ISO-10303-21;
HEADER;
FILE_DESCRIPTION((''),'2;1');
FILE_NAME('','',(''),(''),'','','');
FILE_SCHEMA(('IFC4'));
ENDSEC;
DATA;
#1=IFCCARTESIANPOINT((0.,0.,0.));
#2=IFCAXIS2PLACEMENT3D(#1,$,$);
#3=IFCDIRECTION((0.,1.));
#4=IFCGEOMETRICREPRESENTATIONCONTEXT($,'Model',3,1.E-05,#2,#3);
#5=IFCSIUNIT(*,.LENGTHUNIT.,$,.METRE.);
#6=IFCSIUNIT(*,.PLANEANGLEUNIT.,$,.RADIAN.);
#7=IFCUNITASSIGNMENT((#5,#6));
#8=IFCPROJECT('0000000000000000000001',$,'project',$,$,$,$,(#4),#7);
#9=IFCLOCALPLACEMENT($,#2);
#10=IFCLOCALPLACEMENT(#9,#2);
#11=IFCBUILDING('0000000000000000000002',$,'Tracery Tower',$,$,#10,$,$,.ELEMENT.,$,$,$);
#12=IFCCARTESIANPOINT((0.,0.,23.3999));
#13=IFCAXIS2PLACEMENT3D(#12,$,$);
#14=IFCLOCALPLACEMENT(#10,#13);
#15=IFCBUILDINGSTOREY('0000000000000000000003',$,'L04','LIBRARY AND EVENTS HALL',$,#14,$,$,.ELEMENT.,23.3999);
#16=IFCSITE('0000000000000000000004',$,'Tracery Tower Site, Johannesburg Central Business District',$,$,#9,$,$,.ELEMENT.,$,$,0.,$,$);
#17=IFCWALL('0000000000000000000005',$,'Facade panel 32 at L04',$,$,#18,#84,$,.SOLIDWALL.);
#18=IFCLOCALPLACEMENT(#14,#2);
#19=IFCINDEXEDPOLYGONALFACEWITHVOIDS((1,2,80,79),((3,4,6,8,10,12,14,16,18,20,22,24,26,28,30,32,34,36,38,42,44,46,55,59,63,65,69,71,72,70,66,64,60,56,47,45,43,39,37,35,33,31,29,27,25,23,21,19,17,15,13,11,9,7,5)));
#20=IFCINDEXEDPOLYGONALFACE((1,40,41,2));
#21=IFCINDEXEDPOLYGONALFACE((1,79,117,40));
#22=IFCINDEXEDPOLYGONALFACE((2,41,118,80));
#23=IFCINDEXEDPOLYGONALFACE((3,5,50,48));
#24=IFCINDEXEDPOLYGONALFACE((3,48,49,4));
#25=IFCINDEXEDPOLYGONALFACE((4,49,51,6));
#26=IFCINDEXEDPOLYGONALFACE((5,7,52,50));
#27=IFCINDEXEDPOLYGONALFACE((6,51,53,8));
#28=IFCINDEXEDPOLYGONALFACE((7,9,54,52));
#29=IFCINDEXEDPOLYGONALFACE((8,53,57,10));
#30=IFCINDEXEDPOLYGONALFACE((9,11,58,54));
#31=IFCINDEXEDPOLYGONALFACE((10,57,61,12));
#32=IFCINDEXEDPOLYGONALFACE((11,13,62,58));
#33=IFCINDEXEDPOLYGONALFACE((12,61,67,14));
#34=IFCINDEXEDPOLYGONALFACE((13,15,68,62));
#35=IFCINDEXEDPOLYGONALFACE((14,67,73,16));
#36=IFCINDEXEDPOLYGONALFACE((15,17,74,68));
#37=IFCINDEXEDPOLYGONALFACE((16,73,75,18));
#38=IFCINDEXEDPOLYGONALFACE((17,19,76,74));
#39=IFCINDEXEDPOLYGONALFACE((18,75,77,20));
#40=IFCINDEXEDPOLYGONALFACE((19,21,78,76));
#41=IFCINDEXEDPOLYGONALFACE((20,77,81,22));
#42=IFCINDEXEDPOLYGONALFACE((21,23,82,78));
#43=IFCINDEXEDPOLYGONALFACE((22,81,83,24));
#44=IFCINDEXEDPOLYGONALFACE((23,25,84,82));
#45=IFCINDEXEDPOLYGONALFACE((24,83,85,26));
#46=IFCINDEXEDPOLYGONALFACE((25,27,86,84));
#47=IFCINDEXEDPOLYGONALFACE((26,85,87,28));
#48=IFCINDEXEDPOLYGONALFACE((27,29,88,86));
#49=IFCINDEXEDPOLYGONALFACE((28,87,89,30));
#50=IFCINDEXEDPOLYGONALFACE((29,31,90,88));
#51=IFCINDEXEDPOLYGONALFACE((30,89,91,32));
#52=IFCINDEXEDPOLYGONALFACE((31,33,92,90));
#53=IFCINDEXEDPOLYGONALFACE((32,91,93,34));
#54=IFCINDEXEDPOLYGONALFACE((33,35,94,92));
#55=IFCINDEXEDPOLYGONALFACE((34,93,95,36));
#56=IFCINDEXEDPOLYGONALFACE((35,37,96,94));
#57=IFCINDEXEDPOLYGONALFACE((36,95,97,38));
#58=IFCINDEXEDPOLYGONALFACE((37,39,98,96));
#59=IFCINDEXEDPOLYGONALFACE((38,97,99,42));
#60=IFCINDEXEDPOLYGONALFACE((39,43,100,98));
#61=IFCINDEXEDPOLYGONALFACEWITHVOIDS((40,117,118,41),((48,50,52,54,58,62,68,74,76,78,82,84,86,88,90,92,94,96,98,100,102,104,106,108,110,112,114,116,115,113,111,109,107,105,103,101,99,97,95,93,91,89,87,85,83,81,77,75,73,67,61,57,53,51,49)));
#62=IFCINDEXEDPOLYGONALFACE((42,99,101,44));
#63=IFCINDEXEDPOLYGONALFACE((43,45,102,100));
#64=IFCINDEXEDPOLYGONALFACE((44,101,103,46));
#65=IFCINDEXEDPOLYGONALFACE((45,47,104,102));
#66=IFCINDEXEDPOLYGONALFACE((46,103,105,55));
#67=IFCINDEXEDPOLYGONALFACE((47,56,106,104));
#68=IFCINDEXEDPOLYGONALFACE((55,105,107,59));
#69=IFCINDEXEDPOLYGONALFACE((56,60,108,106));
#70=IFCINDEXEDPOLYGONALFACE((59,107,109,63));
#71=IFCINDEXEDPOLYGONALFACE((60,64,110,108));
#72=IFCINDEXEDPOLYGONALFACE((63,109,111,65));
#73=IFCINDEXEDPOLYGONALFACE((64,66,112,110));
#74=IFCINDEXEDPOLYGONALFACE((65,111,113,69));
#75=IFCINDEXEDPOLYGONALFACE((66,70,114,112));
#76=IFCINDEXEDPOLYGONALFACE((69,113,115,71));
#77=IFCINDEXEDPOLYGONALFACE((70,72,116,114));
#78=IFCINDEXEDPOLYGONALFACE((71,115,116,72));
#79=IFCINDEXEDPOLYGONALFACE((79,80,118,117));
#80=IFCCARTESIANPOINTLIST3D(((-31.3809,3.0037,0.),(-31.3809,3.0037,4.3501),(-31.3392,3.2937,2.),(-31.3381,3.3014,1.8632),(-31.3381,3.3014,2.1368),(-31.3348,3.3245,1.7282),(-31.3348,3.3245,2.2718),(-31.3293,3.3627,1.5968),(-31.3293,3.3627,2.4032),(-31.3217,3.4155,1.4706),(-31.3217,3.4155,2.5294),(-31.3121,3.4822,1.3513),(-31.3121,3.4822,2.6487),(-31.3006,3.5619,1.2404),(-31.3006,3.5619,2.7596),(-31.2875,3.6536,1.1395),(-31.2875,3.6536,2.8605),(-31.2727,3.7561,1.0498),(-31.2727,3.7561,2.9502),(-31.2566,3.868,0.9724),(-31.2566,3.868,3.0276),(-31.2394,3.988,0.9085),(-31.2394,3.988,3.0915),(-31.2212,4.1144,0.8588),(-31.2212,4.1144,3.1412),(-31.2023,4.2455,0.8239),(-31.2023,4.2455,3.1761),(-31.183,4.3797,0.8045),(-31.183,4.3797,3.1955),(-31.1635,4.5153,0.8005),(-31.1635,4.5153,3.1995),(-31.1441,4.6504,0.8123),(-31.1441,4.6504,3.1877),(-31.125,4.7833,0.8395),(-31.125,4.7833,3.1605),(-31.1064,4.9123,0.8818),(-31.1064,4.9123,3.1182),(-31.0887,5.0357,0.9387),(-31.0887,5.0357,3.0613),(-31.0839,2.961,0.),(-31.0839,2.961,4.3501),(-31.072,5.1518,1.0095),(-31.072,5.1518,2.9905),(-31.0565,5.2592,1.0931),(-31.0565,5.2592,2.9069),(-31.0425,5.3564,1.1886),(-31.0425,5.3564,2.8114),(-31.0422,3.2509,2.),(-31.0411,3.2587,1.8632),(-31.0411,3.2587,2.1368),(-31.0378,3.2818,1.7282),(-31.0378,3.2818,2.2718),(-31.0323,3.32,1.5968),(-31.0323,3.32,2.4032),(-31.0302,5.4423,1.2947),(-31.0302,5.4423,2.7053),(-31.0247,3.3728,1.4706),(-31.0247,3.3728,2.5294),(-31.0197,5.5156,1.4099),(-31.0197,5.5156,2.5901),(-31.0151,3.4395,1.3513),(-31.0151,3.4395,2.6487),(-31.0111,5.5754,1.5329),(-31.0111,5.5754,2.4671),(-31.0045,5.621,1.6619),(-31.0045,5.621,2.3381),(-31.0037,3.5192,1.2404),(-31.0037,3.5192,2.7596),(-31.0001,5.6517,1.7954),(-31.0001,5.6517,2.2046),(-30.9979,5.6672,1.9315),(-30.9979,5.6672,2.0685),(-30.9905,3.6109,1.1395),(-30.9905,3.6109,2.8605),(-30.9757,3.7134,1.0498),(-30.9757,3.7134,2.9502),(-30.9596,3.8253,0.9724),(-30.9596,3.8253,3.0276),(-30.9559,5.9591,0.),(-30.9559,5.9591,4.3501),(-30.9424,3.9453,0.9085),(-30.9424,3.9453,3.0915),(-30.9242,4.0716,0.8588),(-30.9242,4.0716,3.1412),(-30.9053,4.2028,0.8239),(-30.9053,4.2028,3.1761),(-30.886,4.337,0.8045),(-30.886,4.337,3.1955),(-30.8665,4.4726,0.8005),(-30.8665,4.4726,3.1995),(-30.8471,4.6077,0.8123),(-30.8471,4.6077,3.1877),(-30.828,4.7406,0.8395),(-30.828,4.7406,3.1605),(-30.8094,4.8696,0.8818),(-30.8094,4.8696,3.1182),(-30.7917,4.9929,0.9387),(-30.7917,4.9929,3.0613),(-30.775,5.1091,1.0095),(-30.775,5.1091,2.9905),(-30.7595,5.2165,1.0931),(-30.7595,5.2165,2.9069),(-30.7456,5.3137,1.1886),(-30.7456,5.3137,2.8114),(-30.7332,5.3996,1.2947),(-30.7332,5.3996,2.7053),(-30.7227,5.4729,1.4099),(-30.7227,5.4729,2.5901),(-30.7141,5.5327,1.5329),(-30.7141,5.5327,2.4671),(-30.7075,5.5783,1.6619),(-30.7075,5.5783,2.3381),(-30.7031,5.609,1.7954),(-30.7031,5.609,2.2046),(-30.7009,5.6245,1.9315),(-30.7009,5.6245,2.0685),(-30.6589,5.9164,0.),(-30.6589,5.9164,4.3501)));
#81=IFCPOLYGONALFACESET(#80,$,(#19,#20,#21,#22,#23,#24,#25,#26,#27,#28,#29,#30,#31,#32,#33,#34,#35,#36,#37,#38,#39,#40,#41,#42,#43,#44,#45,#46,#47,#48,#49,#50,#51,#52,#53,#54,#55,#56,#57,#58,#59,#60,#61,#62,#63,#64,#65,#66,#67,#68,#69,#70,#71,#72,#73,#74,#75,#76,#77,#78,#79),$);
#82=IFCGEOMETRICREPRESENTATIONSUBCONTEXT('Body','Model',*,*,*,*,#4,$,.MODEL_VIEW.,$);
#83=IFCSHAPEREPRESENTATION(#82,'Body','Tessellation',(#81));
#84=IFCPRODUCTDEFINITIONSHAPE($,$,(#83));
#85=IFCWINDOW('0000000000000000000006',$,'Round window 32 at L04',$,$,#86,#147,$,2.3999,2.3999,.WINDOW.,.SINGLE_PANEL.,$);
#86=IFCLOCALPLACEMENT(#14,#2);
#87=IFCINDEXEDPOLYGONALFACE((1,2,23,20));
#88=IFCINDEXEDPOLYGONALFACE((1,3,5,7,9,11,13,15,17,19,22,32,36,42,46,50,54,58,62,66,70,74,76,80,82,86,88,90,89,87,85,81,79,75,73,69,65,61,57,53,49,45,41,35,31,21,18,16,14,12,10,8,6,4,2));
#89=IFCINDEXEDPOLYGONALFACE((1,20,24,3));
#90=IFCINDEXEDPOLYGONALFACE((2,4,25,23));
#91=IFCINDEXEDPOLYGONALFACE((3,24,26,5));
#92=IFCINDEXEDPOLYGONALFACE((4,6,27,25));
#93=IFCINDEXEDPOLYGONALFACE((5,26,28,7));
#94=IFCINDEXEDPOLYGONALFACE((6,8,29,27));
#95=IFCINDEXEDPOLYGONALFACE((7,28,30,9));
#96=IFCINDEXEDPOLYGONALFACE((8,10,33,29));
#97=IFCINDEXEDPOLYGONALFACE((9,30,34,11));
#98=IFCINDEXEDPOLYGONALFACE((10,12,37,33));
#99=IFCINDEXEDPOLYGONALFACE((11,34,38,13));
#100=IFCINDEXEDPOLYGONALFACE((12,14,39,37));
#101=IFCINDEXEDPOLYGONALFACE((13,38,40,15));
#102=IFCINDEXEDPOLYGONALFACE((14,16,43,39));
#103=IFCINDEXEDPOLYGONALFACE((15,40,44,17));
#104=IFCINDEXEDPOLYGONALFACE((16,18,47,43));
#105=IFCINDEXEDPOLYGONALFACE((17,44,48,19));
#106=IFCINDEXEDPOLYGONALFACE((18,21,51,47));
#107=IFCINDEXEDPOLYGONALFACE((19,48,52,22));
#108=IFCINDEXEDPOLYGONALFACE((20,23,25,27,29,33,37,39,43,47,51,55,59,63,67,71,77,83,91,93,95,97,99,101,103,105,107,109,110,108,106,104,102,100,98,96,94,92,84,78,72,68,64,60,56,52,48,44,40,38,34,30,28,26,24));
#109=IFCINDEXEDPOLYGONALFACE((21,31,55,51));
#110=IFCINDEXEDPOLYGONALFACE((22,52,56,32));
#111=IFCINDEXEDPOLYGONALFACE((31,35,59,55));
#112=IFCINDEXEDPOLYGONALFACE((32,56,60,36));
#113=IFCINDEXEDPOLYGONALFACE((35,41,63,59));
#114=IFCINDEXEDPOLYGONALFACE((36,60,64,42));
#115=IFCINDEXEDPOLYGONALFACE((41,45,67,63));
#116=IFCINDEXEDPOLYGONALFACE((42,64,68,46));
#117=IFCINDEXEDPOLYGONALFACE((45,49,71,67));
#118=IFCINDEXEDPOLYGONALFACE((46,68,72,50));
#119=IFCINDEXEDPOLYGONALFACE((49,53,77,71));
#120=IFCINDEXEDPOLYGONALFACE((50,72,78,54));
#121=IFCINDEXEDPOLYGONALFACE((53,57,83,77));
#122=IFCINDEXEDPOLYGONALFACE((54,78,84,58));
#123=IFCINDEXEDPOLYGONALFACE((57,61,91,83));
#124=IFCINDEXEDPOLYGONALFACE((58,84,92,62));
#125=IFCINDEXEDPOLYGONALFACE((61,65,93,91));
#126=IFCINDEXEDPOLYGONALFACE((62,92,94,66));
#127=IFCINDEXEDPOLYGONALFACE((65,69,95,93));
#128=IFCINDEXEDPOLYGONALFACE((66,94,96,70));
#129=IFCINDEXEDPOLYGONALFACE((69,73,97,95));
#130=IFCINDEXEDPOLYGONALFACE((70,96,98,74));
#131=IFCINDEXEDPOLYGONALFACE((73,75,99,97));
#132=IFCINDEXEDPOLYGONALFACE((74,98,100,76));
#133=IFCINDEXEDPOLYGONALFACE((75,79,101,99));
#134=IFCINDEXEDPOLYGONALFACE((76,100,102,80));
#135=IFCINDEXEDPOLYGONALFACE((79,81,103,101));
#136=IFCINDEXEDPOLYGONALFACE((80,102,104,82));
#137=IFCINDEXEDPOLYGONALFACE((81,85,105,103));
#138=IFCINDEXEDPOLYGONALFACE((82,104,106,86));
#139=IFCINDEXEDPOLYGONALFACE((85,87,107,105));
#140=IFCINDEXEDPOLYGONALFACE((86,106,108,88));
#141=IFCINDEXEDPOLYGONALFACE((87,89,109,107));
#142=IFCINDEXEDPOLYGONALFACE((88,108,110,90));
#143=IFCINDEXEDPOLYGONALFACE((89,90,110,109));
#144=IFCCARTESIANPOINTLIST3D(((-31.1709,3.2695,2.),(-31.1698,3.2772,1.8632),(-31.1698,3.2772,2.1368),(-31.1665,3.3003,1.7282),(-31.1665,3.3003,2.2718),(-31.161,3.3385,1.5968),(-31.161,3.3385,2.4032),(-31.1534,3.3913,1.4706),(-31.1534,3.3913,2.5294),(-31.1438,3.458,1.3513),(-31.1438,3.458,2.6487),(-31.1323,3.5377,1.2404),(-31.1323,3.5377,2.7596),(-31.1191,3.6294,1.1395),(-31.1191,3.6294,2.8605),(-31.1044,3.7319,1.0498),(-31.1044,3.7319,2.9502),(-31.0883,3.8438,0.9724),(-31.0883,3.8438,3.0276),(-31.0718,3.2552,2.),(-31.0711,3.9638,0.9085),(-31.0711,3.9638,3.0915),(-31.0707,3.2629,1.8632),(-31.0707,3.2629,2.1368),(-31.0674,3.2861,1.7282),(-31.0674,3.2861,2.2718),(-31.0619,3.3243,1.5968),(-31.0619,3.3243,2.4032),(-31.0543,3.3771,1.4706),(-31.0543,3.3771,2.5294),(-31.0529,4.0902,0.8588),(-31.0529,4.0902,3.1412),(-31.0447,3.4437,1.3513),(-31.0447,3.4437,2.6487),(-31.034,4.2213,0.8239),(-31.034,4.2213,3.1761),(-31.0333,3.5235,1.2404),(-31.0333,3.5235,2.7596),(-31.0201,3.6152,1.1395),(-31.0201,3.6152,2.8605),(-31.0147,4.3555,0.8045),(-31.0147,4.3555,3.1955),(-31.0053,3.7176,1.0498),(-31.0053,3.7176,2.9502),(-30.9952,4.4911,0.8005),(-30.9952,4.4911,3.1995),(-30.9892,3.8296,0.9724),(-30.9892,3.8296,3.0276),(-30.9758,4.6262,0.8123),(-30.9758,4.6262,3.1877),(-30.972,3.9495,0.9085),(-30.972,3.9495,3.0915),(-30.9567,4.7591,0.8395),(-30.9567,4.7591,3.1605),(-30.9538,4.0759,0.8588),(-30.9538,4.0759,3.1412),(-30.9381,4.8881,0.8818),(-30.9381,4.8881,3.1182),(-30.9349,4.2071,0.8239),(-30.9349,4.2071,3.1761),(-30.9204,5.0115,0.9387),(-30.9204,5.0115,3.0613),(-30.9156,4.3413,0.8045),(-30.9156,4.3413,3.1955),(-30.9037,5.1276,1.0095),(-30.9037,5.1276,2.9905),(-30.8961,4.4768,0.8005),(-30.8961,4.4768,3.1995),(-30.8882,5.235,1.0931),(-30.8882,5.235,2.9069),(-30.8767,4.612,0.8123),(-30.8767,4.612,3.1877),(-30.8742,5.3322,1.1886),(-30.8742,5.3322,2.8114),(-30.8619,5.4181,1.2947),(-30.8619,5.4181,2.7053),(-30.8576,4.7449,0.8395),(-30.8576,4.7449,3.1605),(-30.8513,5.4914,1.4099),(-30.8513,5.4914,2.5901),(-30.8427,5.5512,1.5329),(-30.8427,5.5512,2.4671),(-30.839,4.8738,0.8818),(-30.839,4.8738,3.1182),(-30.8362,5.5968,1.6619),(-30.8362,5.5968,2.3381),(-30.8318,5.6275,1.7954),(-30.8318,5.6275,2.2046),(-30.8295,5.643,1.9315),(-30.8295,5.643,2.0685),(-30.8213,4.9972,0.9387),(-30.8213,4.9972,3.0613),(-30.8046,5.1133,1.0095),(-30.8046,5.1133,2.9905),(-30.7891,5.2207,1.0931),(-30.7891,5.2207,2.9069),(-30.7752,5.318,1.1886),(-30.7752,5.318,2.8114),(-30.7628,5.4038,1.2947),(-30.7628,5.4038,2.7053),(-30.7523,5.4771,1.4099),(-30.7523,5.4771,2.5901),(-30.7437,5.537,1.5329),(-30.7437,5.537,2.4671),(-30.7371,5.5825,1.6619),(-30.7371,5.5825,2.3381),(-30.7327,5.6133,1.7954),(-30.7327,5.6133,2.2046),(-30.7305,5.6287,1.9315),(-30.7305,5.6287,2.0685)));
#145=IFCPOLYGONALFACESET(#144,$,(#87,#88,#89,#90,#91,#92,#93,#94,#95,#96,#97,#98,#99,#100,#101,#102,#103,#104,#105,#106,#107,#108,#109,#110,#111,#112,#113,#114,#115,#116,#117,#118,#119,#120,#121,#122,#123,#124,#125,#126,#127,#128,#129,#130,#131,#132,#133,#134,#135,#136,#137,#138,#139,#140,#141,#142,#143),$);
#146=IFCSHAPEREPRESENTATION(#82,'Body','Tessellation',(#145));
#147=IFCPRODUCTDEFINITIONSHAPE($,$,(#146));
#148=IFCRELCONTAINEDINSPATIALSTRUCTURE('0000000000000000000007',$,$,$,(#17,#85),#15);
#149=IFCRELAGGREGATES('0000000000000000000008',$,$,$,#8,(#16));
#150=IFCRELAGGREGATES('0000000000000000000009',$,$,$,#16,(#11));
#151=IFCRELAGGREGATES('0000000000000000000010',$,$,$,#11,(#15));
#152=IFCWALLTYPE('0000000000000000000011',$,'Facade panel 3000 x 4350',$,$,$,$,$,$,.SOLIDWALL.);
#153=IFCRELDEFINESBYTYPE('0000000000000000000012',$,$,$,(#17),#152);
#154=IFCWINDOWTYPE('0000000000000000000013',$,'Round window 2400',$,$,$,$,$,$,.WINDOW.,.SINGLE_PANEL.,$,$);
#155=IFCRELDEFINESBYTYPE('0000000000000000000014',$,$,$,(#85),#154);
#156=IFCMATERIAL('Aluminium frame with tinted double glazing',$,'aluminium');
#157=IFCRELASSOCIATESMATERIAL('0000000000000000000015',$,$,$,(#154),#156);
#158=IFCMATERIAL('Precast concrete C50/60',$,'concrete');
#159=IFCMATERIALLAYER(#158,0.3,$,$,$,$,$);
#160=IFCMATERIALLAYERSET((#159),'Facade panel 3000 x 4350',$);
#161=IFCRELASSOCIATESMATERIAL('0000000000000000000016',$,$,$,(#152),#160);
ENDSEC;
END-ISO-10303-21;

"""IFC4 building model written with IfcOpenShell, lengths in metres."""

from ifc_helpers import new_model, si_unit, direction, frame, frame_2d, origin, origin_2d, place, context, subcontext, project, spatial, rectangle, circle, extrude, material, layer, layer_set, type_object, element, fill, save


model = new_model("IFC4")

# Units and contexts
model_context = context("Model", 3, precision=1e-05, world=origin(), true_north=direction((0.0, 1.0)))
body_context = subcontext(model_context, "Body", "Model", "MODEL_VIEW")
ifc_project = project(units=[si_unit("LENGTHUNIT", "METRE"), si_unit("PLANEANGLEUNIT", "RADIAN")], contexts=[model_context])

# Site, building, storey
site_placement = place(None, origin())
site = spatial("IfcSite", under=ifc_project, at=site_placement, Name="Tracery Tower Site, Johannesburg Central Business District", CompositionType="ELEMENT", RefElevation=0.0)
building_placement = place(site_placement, origin())
building = spatial("IfcBuilding", under=site, at=building_placement, Name="Tracery Tower", CompositionType="ELEMENT")
storey_placement = place(building_placement, frame((0.0, 0.0, 23.3999)))
storey = spatial("IfcBuildingStorey", under=building, at=storey_placement, Name="L04", Description="LIBRARY AND EVENTS HALL", CompositionType="ELEMENT", Elevation=23.3999)

# Wall, opening, window
ifc_material_1 = material(Name="Aluminium frame with tinted double glazing", Category="aluminium")
window_type = type_object("IfcWindowType", Name="Round window 2400", PartitioningType="SINGLE_PANEL", PredefinedType="WINDOW", material=ifc_material_1)
ifc_material_2 = material(Name="Precast concrete C50/60", Category="concrete")
ifc_layer_1 = layer(ifc_material_2, 0.3)
ifc_layer_set_1 = layer_set([ifc_layer_1], Name="Facade panel 3000 x 4350")
wall_type_1 = type_object("IfcWallType", Name="Facade panel 3000 x 4350", PredefinedType="SOLIDWALL", material=ifc_layer_set_1)
wall_1_placement = place(storey_placement, frame((-30.8074, 5.9377, 0.0), z_axis=(0.0, 0.0, 1.0), x_axis=(-0.14236, -0.989815, 0.0)))
wall_1 = element("IfcWall", 1, at=wall_1_placement, inside=storey, type_object=wall_type_1, Name="Facade panel 32 at L04", PredefinedType="SOLIDWALL", context=body_context, shape_type="SweptSolid", body=[
    extrude(rectangle(XDim=2.9858, YDim=0.3, at=frame_2d((1.4929, 0.0))), origin(), (0.0, 0.0, 1.0), 4.3501),
])
opening_1_placement = place(wall_1_placement, frame((1.4929, 0.0, 2.0)))
opening_1 = element("IfcOpeningElement", 2, at=opening_1_placement, cuts=wall_1, PredefinedType="OPENING", context=body_context, shape_type="SweptSolid", body=[
    extrude(circle(Radius=1.2, at=origin_2d()), frame((0.0, 0.1599, 0.0), z_axis=(0.0, -1.0, 0.0), x_axis=(1.0, 0.0, 0.0)), (0.0, 0.0, 1.0), 0.3201),
])
window_1_placement = place(opening_1_placement, origin())
window_1 = element("IfcWindow", 3, at=window_1_placement, inside=storey, type_object=window_type, Name="Round window 32 at L04", OverallHeight=2.3999, OverallWidth=2.3999, PartitioningType="SINGLE_PANEL", PredefinedType="WINDOW", context=body_context, shape_type="SweptSolid", body=[
    extrude(circle(Radius=1.2, at=origin_2d()), frame((0.0, 0.1201, 0.0), z_axis=(0.0, -1.0, 0.0), x_axis=(1.0, 0.0, 0.0)), (0.0, 0.0, 1.0), 0.1001),
])
fill(opening_1, window_1)

save(model, "model.ifc")
